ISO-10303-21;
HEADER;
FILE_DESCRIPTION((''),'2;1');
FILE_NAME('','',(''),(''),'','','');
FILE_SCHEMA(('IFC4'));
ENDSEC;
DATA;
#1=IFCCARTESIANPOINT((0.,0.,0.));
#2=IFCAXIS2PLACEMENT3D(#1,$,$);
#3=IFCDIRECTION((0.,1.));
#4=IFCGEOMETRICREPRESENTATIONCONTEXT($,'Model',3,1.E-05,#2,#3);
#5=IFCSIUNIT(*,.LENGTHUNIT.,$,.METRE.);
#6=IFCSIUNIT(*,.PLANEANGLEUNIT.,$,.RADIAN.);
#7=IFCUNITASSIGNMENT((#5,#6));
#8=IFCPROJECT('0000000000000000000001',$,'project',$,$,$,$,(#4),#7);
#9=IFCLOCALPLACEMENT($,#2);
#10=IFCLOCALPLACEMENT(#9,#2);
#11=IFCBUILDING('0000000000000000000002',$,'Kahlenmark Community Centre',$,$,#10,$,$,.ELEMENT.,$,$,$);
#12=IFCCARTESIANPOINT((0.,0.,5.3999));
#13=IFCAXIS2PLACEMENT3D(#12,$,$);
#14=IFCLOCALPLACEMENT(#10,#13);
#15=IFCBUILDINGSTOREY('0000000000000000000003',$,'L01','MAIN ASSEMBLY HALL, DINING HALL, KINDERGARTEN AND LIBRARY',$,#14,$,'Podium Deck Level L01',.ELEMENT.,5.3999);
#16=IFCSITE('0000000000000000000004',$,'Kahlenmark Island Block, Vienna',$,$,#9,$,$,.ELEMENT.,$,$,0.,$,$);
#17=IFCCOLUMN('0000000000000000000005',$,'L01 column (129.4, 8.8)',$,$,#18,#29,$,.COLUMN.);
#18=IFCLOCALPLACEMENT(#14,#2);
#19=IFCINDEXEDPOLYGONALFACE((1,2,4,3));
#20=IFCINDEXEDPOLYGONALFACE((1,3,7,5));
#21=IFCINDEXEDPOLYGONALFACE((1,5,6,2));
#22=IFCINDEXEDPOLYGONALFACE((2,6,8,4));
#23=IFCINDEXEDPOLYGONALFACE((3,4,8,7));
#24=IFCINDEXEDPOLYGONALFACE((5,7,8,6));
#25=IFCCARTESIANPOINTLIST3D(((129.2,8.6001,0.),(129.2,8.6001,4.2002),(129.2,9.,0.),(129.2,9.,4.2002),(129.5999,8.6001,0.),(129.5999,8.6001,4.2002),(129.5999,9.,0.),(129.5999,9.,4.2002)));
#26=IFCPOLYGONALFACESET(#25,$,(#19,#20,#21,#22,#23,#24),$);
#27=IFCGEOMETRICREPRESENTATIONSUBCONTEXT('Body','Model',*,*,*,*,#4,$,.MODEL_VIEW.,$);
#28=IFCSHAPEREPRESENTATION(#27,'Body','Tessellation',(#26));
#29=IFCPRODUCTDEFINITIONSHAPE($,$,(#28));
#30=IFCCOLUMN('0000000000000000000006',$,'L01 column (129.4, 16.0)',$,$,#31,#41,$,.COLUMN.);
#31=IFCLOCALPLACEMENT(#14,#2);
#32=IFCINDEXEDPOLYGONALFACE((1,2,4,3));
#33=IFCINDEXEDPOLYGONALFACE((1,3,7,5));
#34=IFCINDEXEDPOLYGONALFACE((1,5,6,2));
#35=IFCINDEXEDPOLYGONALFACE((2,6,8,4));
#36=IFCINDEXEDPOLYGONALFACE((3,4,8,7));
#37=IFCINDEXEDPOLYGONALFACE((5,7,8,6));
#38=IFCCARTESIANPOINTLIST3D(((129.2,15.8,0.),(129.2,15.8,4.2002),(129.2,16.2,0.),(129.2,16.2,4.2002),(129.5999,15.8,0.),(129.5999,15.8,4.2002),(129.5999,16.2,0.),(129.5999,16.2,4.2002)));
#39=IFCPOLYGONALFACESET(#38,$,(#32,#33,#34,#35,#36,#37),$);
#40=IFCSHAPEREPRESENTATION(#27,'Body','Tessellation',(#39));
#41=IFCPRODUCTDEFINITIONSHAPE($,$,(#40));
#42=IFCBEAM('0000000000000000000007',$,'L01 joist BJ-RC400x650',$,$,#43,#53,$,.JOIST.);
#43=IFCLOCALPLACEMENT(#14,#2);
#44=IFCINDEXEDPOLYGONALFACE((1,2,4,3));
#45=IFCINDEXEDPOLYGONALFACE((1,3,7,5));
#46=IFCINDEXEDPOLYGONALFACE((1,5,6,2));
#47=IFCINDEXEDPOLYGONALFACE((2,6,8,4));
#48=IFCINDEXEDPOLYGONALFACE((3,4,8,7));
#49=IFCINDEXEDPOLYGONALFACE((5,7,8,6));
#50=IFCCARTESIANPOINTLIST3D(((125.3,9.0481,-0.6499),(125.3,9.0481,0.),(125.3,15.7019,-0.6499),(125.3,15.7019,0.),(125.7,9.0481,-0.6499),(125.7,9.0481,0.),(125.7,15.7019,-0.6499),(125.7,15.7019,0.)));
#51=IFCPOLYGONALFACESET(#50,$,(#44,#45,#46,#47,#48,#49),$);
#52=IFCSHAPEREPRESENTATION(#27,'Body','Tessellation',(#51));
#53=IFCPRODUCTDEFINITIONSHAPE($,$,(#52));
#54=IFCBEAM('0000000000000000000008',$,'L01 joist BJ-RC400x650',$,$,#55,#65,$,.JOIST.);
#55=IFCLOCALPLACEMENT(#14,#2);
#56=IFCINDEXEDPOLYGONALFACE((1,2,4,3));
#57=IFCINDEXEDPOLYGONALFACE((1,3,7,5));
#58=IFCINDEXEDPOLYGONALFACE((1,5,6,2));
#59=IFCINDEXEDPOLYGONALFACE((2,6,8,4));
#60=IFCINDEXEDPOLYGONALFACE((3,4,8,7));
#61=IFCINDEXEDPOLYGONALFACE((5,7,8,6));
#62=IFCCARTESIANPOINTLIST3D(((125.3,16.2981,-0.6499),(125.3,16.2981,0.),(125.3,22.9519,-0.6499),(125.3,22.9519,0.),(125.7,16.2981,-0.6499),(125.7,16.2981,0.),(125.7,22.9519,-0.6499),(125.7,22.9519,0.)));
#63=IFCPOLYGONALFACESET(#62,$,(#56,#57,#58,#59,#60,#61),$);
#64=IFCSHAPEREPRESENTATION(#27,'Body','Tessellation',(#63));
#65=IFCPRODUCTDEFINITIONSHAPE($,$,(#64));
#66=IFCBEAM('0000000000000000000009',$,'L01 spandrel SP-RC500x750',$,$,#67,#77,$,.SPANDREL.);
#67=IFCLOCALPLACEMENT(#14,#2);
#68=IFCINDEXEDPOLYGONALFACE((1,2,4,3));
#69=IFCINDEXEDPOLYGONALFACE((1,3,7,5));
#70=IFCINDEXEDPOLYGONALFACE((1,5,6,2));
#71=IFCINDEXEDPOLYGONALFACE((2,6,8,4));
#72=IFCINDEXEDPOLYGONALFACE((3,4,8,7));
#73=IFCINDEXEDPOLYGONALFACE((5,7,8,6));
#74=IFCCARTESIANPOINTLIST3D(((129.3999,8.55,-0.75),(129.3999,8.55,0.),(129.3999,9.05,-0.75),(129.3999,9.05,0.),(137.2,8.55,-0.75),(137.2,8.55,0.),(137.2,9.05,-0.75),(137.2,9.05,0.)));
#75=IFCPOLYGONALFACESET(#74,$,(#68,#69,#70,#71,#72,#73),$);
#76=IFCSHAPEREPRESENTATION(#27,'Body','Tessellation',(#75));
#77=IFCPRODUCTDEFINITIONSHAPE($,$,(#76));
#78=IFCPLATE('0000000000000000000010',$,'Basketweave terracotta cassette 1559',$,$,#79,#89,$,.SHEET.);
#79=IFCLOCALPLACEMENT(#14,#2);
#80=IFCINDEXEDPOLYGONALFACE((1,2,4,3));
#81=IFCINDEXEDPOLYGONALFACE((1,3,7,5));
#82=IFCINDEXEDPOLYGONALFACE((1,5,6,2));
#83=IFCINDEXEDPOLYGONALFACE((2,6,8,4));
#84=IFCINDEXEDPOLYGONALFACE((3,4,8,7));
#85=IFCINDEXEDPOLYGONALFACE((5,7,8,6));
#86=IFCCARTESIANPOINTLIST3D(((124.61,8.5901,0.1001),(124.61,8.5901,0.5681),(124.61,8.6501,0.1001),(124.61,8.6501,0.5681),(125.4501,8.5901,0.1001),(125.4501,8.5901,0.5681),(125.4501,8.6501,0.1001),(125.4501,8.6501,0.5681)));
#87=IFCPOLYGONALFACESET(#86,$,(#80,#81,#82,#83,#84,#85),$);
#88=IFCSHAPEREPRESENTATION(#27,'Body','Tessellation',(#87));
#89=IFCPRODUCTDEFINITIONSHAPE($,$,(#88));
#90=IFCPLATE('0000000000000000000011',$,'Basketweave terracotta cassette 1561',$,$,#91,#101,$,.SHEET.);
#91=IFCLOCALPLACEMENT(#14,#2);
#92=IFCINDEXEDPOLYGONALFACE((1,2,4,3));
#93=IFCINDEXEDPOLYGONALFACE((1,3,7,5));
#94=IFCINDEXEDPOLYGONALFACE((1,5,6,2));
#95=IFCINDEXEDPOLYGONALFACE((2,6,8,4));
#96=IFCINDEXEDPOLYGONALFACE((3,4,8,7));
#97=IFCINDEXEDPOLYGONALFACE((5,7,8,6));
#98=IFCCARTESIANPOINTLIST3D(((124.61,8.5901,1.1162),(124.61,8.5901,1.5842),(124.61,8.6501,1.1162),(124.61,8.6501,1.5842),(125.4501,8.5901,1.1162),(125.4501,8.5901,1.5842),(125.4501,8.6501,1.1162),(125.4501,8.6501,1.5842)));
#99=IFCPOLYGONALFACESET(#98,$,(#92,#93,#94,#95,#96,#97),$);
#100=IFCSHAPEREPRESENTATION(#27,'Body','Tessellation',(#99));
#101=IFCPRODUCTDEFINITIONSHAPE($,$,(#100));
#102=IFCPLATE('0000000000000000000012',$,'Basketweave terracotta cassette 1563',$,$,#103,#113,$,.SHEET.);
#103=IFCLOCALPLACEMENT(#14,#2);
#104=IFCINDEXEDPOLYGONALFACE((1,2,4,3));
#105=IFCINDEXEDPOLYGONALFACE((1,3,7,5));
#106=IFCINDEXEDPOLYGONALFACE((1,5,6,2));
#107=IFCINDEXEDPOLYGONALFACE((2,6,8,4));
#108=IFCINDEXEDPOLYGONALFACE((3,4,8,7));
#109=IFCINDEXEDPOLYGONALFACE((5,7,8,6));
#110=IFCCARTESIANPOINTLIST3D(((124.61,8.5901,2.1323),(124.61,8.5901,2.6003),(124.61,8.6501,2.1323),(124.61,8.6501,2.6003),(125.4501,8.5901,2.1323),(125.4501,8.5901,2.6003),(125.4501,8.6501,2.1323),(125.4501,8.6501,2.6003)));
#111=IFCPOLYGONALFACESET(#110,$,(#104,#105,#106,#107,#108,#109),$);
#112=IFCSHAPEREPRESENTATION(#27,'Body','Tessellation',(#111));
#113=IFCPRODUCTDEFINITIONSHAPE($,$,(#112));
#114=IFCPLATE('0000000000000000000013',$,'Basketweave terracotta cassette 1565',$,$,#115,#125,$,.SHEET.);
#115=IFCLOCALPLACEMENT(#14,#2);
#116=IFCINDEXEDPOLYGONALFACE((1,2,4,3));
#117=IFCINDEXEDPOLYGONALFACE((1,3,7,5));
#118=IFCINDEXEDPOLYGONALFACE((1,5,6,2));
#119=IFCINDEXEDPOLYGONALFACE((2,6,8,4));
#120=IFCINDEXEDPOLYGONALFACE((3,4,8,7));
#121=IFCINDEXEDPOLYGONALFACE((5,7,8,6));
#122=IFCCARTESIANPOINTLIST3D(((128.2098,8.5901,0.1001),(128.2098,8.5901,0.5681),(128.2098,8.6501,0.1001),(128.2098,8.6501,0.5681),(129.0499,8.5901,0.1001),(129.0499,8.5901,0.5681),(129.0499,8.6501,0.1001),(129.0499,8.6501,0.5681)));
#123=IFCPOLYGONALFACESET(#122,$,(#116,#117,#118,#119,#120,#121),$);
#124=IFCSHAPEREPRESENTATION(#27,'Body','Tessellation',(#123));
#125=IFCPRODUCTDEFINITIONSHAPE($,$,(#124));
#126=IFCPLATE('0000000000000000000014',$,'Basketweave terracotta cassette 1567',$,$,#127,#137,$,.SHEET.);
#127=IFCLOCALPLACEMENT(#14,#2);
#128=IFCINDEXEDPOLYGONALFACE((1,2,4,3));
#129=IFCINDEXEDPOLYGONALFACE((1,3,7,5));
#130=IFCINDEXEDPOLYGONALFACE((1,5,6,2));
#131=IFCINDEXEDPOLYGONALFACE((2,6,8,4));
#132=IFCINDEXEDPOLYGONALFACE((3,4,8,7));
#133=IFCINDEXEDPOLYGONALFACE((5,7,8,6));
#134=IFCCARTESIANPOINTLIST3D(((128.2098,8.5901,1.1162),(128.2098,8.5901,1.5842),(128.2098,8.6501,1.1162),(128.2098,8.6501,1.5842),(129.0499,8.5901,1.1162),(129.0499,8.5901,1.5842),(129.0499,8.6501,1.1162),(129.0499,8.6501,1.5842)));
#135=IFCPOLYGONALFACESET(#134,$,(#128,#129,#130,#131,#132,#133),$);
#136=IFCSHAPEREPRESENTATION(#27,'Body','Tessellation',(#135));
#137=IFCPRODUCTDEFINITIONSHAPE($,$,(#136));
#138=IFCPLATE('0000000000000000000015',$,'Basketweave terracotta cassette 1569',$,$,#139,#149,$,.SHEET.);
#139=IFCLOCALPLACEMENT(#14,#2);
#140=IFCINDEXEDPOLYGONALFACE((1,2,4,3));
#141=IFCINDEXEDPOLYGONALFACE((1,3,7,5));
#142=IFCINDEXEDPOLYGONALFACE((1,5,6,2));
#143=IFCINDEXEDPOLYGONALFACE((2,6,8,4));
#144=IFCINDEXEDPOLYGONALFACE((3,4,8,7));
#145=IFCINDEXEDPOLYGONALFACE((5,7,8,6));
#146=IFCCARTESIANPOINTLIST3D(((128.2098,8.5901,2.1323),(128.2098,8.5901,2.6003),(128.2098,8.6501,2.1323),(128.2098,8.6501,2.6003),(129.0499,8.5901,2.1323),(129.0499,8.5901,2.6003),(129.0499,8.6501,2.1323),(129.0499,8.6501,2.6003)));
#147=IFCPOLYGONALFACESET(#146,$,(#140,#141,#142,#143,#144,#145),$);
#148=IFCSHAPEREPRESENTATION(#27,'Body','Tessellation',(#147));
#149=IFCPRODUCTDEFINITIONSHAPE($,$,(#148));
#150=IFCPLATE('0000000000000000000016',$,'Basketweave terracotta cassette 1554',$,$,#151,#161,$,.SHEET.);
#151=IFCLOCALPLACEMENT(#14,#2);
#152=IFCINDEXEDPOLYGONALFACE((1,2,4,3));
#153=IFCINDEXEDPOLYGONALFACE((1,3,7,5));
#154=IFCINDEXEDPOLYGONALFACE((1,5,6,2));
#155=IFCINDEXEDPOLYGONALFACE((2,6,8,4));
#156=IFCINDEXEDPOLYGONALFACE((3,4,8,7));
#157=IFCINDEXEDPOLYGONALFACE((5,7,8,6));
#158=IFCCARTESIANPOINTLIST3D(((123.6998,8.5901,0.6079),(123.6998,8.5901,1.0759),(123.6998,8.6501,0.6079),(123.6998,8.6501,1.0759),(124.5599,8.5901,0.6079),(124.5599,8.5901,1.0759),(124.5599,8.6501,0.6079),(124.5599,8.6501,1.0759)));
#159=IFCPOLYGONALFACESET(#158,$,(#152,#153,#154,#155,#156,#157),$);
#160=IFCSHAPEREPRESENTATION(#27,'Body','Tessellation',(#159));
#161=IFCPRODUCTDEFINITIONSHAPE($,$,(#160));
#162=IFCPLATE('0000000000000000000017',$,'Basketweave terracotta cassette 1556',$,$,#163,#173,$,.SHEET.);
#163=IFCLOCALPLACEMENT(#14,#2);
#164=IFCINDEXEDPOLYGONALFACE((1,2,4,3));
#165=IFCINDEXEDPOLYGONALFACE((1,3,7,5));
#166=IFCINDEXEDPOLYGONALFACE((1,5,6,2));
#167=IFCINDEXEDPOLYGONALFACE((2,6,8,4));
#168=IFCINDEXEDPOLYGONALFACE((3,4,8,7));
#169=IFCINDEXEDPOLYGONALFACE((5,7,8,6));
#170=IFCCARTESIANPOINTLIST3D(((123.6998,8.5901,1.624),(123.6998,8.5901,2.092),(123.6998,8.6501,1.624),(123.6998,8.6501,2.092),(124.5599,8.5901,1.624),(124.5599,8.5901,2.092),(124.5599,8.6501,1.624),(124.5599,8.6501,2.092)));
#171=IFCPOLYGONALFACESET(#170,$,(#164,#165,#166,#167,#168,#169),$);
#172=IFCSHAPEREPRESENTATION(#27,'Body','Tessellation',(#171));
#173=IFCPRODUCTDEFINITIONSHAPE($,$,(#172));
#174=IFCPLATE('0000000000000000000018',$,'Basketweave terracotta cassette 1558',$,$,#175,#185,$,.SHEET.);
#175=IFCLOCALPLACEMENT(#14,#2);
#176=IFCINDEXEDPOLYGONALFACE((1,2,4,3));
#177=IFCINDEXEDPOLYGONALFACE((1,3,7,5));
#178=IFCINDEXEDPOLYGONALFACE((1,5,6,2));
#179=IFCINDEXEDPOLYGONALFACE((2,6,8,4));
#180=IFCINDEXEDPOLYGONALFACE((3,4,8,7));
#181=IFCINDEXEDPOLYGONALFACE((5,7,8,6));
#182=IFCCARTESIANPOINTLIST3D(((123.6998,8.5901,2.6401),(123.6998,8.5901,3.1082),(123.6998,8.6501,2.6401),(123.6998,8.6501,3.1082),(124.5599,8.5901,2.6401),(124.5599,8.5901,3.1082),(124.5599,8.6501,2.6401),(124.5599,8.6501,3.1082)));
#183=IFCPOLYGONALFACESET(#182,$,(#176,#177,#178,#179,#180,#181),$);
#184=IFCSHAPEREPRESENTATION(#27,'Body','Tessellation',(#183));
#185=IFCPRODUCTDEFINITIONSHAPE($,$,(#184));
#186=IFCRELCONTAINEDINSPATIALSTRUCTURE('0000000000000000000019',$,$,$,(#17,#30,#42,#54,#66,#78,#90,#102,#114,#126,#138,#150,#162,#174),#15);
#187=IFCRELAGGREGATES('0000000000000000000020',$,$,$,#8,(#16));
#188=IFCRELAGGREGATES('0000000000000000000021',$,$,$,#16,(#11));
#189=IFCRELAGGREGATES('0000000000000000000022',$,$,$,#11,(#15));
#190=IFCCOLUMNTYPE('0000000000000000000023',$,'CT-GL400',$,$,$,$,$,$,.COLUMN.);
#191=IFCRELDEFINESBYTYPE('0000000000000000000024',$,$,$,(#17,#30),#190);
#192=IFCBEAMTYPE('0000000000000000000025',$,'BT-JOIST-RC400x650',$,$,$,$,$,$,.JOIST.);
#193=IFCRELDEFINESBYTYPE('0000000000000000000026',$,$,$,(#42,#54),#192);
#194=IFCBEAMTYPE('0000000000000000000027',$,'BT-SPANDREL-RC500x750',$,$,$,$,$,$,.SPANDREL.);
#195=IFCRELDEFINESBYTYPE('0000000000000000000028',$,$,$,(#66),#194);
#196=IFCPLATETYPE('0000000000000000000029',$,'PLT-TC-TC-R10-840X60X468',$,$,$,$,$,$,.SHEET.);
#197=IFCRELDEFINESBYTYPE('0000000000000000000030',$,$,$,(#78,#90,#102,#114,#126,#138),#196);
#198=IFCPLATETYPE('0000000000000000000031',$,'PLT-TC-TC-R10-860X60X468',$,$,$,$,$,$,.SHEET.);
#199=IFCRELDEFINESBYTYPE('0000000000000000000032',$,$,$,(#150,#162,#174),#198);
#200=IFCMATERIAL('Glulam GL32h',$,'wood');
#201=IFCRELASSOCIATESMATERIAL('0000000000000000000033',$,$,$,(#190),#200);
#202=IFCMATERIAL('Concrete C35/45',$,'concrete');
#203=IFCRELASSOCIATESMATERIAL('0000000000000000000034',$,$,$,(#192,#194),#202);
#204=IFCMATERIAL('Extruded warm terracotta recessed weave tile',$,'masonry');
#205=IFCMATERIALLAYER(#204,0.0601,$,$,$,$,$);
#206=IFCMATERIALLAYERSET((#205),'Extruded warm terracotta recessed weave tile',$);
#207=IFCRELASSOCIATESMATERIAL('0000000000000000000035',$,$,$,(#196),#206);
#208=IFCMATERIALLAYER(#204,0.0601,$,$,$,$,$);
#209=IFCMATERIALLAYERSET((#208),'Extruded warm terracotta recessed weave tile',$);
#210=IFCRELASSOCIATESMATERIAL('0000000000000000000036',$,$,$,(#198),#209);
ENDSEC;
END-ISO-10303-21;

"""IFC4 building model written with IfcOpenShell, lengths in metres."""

from ifc_helpers import new_model, si_unit, direction, frame, origin, origin_2d, place, context, subcontext, project, spatial, rectangle, extrude, material, layer, layer_set, material_profile, profile_set, type_object, element, save


model = new_model("IFC4")

# Units and contexts
model_context = context("Model", 3, precision=1e-05, world=origin(), true_north=direction((0.0, 1.0)))
body_context = subcontext(model_context, "Body", "Model", "MODEL_VIEW")
ifc_project = project(units=[si_unit("LENGTHUNIT", "METRE"), si_unit("PLANEANGLEUNIT", "RADIAN")], contexts=[model_context])

# Site, building, storey
site_placement = place(None, origin())
site = spatial("IfcSite", under=ifc_project, at=site_placement, Name="Kahlenmark Island Block, Vienna", CompositionType="ELEMENT", RefElevation=0.0)
building_placement = place(site_placement, origin())
building = spatial("IfcBuilding", under=site, at=building_placement, Name="Kahlenmark Community Centre", CompositionType="ELEMENT")
storey_placement = place(building_placement, frame((0.0, 0.0, 5.3999)))
storey = spatial("IfcBuildingStorey", under=building, at=storey_placement, Name="L01", Description="MAIN ASSEMBLY HALL, DINING HALL, KINDERGARTEN AND LIBRARY", LongName="Podium Deck Level L01", CompositionType="ELEMENT", Elevation=5.3999)

# Columns
ifc_material_1 = material(Name="Glulam GL32h", Category="wood")
ifc_material_profile_1 = material_profile(ifc_material_1, rectangle(XDim=0.3999, YDim=0.3999, at=origin_2d()), Name="GL32h 400x400")
ifc_profile_set_1 = profile_set([ifc_material_profile_1], Name="Glulam GL32h")
column_type = type_object("IfcColumnType", Name="CT-GL400", PredefinedType="COLUMN", material=ifc_profile_set_1)
for number, where, z_axis, x_axis, name in (
    (1, (129.3999, 8.8, 0.0), (0.0, 0.0, 1.0), (1.0, 0.0, 0.0), "L01 column (129.4, 8.8)"),
    (2, (129.3999, 16.0, 0.0), (0.0, 0.0, 1.0), (1.0, 0.0, 0.0), "L01 column (129.4, 16.0)"),
):
    element("IfcColumn", number, at=place(storey_placement, frame(where, z_axis=z_axis, x_axis=x_axis)), inside=storey, type_object=column_type, Name=name, PredefinedType="COLUMN", context=body_context, shape_type="SweptSolid", body=[
        extrude(rectangle(XDim=0.3999, YDim=0.3999, at=origin_2d()), origin(), (0.0, 0.0, 1.0), 4.2002),
    ])

# Beams
ifc_material_2 = material(Name="Concrete C35/45", Category="concrete")
ifc_material_profile_2 = material_profile(ifc_material_2, rectangle(XDim=0.3999, YDim=0.6499, at=origin_2d()), Name="RC 400x650")
ifc_profile_set_2 = profile_set([ifc_material_profile_2], Name="Concrete C35/45")
beam_type_1 = type_object("IfcBeamType", Name="BT-JOIST-RC400x650", PredefinedType="JOIST", material=ifc_profile_set_2)
for number, where, z_axis, x_axis, name in (
    (3, (125.5, 9.0481, -0.325), (0.0, 1.0, 0.0), (-1.0, 0.0, 0.0), "L01 joist BJ-RC400x650"),
    (4, (125.5, 16.2981, -0.325), (0.0, 1.0, 0.0), (-1.0, 0.0, 0.0), "L01 joist BJ-RC400x650"),
):
    element("IfcBeam", number, at=place(storey_placement, frame(where, z_axis=z_axis, x_axis=x_axis)), inside=storey, type_object=beam_type_1, Name=name, PredefinedType="JOIST", context=body_context, shape_type="SweptSolid", body=[
        extrude(rectangle(XDim=0.3999, YDim=0.6499, at=origin_2d()), origin(), (0.0, 0.0, 1.0), 6.6538),
    ])
ifc_material_profile_3 = material_profile(ifc_material_2, rectangle(XDim=0.5, YDim=0.75, at=origin_2d()), Name="RC 500x750")
ifc_profile_set_3 = profile_set([ifc_material_profile_3], Name="Concrete C35/45")
beam_type_2 = type_object("IfcBeamType", Name="BT-SPANDREL-RC500x750", PredefinedType="SPANDREL", material=ifc_profile_set_3)
beam_placement = place(storey_placement, frame((129.3999, 8.8, -0.375), z_axis=(1.0, 0.0, 0.0), x_axis=(0.0, 1.0, 0.0)))
element("IfcBeam", 5, at=beam_placement, inside=storey, type_object=beam_type_2, Name="L01 spandrel SP-RC500x750", PredefinedType="SPANDREL", context=body_context, shape_type="SweptSolid", body=[
    extrude(rectangle(XDim=0.5, YDim=0.75, at=origin_2d()), origin(), (0.0, 0.0, 1.0), 7.8),
])

# Plates
ifc_material_3 = material(Name="Extruded warm terracotta recessed weave tile", Category="masonry")
ifc_layer_1 = layer(ifc_material_3, 0.0601)
ifc_layer_set_1 = layer_set([ifc_layer_1], Name="Extruded warm terracotta recessed weave tile")
plate_type_1 = type_object("IfcPlateType", Name="PLT-TC-TC-R10-840X60X468", PredefinedType="SHEET", material=ifc_layer_set_1)
for number, where, z_axis, x_axis, name in (
    (6, (125.03, 8.6201, 0.1001), (0.0, 0.0, 1.0), (1.0, 0.0, 0.0), "Basketweave terracotta cassette 1559"),
    (7, (125.03, 8.6201, 1.1162), (0.0, 0.0, 1.0), (1.0, 0.0, 0.0), "Basketweave terracotta cassette 1561"),
    (8, (125.03, 8.6201, 2.1323), (0.0, 0.0, 1.0), (1.0, 0.0, 0.0), "Basketweave terracotta cassette 1563"),
    (9, (128.6299, 8.6201, 0.1001), (0.0, 0.0, 1.0), (1.0, 0.0, 0.0), "Basketweave terracotta cassette 1565"),
    (10, (128.6299, 8.6201, 1.1162), (0.0, 0.0, 1.0), (1.0, 0.0, 0.0), "Basketweave terracotta cassette 1567"),
    (11, (128.6299, 8.6201, 2.1323), (0.0, 0.0, 1.0), (1.0, 0.0, 0.0), "Basketweave terracotta cassette 1569"),
):
    element("IfcPlate", number, at=place(storey_placement, frame(where, z_axis=z_axis, x_axis=x_axis)), inside=storey, type_object=plate_type_1, Name=name, PredefinedType="SHEET", context=body_context, shape_type="SweptSolid", body=[
        extrude(rectangle(XDim=0.8401, YDim=0.0601, at=origin_2d()), origin(), (0.0, 0.0, 1.0), 0.468),
    ])
ifc_layer_2 = layer(ifc_material_3, 0.0601)
ifc_layer_set_2 = layer_set([ifc_layer_2], Name="Extruded warm terracotta recessed weave tile")
plate_type_2 = type_object("IfcPlateType", Name="PLT-TC-TC-R10-860X60X468", PredefinedType="SHEET", material=ifc_layer_set_2)
for number, where, z_axis, x_axis, name in (
    (12, (124.1299, 8.6201, 0.6079), (0.0, 0.0, 1.0), (1.0, 0.0, 0.0), "Basketweave terracotta cassette 1554"),
    (13, (124.1299, 8.6201, 1.624), (0.0, 0.0, 1.0), (1.0, 0.0, 0.0), "Basketweave terracotta cassette 1556"),
    (14, (124.1299, 8.6201, 2.6401), (0.0, 0.0, 1.0), (1.0, 0.0, 0.0), "Basketweave terracotta cassette 1558"),
):
    element("IfcPlate", number, at=place(storey_placement, frame(where, z_axis=z_axis, x_axis=x_axis)), inside=storey, type_object=plate_type_2, Name=name, PredefinedType="SHEET", context=body_context, shape_type="SweptSolid", body=[
        extrude(rectangle(XDim=0.8601, YDim=0.0601, at=origin_2d()), origin(), (0.0, 0.0, 1.0), 0.468),
    ])

save(model, "model.ifc")
